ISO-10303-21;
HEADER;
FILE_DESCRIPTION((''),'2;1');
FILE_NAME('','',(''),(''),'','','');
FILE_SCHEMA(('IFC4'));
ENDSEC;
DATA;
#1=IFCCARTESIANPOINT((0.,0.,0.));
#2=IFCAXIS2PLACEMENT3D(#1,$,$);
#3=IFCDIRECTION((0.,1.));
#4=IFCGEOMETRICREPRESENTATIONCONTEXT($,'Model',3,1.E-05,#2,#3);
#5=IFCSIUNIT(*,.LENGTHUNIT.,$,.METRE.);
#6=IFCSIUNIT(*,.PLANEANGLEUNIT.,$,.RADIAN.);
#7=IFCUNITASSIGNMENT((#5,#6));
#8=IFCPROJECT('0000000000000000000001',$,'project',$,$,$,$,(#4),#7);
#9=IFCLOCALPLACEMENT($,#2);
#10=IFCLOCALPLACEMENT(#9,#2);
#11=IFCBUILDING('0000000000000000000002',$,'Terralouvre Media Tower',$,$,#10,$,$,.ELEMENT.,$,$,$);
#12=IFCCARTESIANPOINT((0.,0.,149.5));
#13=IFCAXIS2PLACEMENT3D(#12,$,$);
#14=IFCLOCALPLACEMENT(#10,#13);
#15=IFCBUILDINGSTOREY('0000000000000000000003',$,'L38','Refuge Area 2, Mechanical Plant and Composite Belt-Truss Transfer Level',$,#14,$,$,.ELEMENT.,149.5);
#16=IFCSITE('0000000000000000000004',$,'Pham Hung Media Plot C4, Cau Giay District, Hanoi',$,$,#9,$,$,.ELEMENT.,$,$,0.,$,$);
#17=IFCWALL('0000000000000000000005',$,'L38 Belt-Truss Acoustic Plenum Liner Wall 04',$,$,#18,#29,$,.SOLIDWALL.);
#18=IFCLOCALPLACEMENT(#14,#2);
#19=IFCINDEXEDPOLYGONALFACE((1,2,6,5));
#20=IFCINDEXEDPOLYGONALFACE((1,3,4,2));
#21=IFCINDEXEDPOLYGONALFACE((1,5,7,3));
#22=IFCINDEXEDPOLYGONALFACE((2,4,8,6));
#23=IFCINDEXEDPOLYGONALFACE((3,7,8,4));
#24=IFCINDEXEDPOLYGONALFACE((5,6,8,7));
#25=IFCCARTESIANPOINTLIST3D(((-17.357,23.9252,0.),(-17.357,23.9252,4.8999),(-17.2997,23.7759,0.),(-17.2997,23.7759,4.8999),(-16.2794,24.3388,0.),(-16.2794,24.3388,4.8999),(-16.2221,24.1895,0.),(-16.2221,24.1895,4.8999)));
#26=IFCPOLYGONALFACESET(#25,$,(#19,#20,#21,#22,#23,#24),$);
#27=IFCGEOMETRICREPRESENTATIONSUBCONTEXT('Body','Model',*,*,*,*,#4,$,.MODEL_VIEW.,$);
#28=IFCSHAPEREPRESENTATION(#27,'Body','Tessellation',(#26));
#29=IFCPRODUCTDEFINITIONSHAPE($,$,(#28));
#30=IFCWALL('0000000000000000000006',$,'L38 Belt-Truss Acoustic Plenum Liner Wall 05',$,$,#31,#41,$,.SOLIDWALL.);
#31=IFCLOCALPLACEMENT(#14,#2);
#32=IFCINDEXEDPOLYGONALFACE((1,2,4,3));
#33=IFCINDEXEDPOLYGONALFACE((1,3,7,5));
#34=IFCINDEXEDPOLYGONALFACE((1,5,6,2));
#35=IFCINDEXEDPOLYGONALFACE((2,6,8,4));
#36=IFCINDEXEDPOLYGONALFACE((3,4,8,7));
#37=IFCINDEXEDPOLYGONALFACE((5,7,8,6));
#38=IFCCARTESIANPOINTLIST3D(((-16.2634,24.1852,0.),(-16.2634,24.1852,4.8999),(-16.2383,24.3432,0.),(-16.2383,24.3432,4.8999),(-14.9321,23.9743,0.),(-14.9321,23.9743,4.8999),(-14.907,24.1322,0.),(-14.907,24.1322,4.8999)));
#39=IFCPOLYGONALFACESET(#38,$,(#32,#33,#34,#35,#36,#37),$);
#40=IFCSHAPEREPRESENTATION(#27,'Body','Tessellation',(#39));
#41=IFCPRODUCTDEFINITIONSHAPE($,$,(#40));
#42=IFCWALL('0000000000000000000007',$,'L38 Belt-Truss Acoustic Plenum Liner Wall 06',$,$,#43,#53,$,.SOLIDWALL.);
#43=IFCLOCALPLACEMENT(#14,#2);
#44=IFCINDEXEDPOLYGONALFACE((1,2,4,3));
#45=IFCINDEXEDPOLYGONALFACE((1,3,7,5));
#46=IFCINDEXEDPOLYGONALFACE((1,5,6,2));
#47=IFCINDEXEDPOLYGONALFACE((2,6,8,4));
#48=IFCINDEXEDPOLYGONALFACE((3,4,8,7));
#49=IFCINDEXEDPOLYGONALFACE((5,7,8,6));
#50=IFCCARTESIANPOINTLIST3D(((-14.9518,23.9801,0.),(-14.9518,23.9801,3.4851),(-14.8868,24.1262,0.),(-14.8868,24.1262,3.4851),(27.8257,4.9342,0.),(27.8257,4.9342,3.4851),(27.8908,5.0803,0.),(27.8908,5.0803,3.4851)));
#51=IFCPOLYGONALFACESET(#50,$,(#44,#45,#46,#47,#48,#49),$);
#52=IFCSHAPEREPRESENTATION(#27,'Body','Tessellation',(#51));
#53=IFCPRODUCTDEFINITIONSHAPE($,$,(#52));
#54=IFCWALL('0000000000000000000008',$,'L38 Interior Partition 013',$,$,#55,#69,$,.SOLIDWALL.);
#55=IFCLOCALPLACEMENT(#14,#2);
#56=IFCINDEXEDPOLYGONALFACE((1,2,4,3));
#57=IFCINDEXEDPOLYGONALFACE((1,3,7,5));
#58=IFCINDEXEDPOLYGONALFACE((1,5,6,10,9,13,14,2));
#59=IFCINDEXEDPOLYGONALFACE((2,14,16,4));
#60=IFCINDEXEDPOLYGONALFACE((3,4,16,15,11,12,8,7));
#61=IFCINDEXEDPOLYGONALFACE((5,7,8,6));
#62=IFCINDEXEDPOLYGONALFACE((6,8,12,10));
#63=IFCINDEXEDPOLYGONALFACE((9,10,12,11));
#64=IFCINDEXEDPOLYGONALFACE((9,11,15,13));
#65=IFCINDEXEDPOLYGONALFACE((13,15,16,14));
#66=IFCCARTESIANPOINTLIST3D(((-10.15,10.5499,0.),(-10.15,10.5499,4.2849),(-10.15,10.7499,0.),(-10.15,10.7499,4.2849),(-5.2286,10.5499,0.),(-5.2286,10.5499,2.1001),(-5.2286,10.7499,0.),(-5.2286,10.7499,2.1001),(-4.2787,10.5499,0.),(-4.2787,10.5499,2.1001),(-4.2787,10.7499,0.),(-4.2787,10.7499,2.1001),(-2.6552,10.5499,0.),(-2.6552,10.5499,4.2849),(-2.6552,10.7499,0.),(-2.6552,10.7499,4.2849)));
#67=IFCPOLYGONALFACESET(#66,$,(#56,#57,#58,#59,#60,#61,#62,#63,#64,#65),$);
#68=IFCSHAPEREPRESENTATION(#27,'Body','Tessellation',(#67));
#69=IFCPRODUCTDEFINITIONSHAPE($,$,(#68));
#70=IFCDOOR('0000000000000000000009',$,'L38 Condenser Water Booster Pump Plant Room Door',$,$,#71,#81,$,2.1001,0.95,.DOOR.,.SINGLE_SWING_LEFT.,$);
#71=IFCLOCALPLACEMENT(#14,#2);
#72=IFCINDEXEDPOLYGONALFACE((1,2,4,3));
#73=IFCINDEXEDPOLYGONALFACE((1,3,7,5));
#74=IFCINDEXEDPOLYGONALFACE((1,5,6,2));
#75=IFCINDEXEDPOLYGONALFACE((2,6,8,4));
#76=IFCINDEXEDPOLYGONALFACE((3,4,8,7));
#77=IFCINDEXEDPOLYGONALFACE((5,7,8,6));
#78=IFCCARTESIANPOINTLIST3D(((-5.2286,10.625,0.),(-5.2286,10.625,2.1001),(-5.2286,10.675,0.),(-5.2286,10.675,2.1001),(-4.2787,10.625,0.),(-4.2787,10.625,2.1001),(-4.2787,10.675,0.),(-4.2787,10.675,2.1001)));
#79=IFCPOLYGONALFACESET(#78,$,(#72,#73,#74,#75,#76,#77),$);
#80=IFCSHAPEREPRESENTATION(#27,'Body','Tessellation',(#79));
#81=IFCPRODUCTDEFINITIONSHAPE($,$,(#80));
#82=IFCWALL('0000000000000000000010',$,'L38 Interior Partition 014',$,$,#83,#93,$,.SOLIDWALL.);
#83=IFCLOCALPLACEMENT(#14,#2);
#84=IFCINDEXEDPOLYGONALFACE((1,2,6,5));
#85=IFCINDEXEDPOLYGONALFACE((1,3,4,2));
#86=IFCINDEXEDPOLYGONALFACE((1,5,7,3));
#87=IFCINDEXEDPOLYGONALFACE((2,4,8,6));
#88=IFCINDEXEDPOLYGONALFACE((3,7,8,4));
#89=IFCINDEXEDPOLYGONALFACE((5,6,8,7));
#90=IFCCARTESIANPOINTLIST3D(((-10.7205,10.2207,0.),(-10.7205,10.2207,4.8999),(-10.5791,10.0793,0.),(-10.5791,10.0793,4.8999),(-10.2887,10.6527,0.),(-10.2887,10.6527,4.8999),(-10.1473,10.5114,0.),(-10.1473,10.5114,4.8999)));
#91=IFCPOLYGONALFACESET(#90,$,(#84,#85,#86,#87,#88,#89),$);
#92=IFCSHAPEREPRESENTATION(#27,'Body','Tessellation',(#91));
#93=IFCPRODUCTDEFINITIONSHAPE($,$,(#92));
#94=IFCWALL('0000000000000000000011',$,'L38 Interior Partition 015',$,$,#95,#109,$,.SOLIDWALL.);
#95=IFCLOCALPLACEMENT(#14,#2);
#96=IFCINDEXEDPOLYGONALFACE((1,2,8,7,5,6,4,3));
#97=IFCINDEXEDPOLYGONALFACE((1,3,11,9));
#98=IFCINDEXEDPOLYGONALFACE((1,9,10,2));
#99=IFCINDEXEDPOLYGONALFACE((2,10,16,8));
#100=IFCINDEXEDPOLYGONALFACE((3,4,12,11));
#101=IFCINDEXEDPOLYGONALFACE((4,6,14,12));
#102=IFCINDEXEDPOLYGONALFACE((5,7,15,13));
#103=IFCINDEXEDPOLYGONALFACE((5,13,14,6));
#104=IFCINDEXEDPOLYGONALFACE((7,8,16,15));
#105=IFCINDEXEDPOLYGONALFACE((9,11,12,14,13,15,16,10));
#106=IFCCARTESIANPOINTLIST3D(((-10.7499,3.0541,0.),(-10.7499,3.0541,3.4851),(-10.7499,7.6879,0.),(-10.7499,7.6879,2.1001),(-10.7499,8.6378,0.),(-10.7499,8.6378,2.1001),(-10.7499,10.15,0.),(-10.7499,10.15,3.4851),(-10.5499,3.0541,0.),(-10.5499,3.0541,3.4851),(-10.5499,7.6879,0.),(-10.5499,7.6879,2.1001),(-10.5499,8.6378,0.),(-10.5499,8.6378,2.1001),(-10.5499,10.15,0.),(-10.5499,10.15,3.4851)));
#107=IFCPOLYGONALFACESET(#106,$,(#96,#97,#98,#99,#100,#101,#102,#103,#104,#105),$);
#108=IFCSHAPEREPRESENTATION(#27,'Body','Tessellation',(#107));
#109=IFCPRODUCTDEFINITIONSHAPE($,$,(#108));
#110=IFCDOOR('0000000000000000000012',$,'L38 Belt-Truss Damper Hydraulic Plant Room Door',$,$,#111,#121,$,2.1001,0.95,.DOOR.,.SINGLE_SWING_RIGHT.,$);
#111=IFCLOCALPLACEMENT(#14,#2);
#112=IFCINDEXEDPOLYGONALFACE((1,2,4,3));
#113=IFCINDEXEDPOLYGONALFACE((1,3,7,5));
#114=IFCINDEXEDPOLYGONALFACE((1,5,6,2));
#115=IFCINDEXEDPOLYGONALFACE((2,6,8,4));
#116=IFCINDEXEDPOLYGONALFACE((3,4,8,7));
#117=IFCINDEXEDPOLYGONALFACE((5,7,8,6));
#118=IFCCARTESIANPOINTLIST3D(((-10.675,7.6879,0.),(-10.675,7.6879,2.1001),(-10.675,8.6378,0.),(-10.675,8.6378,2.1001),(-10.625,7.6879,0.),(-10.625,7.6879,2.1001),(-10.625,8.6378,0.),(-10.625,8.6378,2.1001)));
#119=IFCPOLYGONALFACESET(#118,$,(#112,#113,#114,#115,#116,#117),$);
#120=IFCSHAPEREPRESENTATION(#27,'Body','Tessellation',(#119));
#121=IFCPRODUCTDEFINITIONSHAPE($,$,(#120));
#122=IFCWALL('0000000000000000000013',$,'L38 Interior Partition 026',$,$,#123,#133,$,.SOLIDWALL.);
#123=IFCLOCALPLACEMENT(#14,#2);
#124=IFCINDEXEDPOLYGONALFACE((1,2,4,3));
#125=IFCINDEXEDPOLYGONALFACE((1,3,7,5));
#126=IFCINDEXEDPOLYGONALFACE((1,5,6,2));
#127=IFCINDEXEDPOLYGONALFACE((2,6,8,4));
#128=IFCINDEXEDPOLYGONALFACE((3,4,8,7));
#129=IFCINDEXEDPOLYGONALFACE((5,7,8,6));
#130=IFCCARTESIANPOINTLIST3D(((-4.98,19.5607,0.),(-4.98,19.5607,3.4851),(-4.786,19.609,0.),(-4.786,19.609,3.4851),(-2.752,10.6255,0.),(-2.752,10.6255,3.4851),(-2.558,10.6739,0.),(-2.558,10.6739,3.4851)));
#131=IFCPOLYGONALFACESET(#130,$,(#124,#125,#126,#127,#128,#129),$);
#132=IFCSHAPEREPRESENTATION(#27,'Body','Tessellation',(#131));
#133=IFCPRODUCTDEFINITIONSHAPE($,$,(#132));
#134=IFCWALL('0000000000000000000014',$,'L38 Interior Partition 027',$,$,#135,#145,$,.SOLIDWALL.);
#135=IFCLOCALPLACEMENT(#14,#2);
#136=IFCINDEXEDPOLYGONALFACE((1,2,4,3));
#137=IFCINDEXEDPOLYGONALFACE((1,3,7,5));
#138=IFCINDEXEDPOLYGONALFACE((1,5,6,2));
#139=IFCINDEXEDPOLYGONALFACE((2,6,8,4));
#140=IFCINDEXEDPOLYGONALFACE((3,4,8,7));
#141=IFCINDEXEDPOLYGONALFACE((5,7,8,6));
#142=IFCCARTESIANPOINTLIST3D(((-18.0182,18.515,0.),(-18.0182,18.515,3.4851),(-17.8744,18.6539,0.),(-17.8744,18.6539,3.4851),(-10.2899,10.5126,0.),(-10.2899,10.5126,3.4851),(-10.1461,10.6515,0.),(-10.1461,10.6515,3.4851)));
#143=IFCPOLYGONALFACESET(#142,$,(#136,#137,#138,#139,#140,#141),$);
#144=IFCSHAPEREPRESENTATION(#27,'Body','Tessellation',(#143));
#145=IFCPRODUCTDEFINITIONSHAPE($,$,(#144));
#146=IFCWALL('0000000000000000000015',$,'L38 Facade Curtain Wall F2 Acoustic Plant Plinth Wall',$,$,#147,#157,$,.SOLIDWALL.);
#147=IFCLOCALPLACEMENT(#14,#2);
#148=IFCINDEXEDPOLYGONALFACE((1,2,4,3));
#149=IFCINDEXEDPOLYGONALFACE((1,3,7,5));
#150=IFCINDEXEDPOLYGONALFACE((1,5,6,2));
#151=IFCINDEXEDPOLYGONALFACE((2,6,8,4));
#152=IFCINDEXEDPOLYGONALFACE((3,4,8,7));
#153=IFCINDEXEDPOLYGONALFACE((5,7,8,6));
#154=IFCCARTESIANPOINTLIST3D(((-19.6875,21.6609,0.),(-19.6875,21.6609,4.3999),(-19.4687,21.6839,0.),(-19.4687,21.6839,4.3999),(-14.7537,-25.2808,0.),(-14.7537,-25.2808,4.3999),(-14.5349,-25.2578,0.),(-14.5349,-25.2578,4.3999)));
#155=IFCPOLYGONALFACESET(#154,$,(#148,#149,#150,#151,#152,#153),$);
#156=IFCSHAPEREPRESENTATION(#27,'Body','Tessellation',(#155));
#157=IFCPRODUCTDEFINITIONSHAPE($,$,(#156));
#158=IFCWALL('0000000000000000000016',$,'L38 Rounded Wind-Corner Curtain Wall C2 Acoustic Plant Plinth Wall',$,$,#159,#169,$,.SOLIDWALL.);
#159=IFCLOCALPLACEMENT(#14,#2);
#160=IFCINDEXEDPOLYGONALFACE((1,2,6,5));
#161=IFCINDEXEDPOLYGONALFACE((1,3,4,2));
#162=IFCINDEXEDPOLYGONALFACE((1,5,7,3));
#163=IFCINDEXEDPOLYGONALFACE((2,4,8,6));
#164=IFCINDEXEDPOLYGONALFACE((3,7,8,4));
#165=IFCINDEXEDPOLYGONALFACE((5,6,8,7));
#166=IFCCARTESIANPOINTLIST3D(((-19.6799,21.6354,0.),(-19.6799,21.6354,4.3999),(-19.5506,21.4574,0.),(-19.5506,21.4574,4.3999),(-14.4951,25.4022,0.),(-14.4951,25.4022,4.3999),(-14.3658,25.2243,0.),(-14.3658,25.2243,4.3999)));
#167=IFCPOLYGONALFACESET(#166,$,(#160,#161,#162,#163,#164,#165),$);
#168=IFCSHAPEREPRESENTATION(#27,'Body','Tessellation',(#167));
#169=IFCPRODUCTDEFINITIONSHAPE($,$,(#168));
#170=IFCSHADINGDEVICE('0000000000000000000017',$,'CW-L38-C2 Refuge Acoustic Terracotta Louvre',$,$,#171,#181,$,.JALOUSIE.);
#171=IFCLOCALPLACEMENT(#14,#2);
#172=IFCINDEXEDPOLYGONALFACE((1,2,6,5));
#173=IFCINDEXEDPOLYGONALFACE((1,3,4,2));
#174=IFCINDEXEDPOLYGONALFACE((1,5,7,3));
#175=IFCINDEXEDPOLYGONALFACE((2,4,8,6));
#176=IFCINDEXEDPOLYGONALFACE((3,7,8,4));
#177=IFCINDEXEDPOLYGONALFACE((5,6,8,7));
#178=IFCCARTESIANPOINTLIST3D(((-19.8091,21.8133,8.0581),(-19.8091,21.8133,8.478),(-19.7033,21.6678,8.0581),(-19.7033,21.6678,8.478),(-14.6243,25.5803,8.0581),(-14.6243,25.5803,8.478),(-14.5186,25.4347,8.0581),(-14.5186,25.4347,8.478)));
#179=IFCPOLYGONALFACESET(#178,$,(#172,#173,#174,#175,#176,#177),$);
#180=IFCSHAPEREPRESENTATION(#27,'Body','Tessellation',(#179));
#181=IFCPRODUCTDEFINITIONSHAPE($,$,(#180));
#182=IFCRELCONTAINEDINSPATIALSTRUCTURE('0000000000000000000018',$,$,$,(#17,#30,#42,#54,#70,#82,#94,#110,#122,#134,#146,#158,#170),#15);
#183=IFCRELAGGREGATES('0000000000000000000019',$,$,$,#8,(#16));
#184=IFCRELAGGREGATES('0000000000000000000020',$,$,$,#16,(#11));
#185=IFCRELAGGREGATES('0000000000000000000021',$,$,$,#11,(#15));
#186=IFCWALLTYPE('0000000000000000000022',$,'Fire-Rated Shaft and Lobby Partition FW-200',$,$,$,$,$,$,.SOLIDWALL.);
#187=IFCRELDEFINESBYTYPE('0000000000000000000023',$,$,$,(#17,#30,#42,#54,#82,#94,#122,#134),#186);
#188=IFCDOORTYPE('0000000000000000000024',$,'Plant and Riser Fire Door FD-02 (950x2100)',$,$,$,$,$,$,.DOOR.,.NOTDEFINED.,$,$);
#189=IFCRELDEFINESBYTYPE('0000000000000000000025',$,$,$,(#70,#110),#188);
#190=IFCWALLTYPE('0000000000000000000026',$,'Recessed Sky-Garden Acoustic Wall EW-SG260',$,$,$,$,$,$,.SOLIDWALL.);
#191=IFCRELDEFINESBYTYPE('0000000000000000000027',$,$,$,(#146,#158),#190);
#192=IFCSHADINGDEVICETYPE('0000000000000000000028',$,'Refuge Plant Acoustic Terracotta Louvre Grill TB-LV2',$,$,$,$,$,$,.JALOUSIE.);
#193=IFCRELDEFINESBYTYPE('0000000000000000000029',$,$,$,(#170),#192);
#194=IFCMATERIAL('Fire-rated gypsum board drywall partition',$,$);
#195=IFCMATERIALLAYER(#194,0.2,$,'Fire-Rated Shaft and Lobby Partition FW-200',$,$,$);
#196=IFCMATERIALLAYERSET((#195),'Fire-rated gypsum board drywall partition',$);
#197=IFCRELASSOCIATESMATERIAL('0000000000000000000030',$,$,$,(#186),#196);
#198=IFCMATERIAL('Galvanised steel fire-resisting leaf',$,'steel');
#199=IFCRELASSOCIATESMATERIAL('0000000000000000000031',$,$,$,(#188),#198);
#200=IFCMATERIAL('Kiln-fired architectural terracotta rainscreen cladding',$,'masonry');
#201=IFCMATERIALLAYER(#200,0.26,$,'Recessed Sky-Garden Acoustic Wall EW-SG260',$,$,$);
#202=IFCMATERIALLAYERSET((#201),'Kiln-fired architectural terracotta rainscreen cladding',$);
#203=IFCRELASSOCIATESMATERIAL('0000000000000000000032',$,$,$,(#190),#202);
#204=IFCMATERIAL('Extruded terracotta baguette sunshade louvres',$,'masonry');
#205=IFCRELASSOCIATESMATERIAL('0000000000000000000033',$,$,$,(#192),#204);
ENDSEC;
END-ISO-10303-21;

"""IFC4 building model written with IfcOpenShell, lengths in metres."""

from ifc_helpers import new_model, si_unit, direction, frame, frame_2d, origin, origin_2d, place, context, subcontext, project, spatial, rectangle, extrude, material, layer, layer_set, type_object, element, fill, save


model = new_model("IFC4")

# Units and contexts
model_context = context("Model", 3, precision=1e-05, world=origin(), true_north=direction((0.0, 1.0)))
body_context = subcontext(model_context, "Body", "Model", "MODEL_VIEW")
ifc_project = project(units=[si_unit("LENGTHUNIT", "METRE"), si_unit("PLANEANGLEUNIT", "RADIAN")], contexts=[model_context])

# Site, building, storey
site_placement = place(None, origin())
site = spatial("IfcSite", under=ifc_project, at=site_placement, Name="Pham Hung Media Plot C4, Cau Giay District, Hanoi", CompositionType="ELEMENT", RefElevation=0.0)
building_placement = place(site_placement, origin())
building = spatial("IfcBuilding", under=site, at=building_placement, Name="Terralouvre Media Tower", CompositionType="ELEMENT")
storey_placement = place(building_placement, frame((0.0, 0.0, 149.5)))
storey = spatial("IfcBuildingStorey", under=building, at=storey_placement, Name="L38", Description="Refuge Area 2, Mechanical Plant and Composite Belt-Truss Transfer Level", CompositionType="ELEMENT", Elevation=149.5)

# Walls
ifc_material_1 = material(Name="Fire-rated gypsum board drywall partition")
ifc_layer_1 = layer(ifc_material_1, 0.2, Name="Fire-Rated Shaft and Lobby Partition FW-200")
ifc_layer_set_1 = layer_set([ifc_layer_1], Name="Fire-rated gypsum board drywall partition")
wall_type_1 = type_object("IfcWallType", Name="Fire-Rated Shaft and Lobby Partition FW-200", PredefinedType="SOLIDWALL", material=ifc_layer_set_1)
wall_1_placement = place(storey_placement, frame((-17.3284, 23.8506, 0.0), z_axis=(0.0, 0.0, 1.0), x_axis=(0.933607, 0.358299, 0.0)))
element("IfcWall", 1, at=wall_1_placement, inside=storey, type_object=wall_type_1, Name="L38 Belt-Truss Acoustic Plenum Liner Wall 04", PredefinedType="SOLIDWALL", context=body_context, shape_type="SweptSolid", body=[
    extrude(rectangle(XDim=1.1543, YDim=0.1599, at=frame_2d((0.5771, 0.0))), origin(), (0.0, 0.0, 1.0), 4.8999),
])
wall_2_placement = place(storey_placement, frame((-16.2507, 24.2642, 0.0), z_axis=(0.0, 0.0, 1.0), x_axis=(0.987679, -0.156493, 0.0)))
element("IfcWall", 2, at=wall_2_placement, inside=storey, type_object=wall_type_1, Name="L38 Belt-Truss Acoustic Plenum Liner Wall 05", PredefinedType="SOLIDWALL", context=body_context, shape_type="SweptSolid", body=[
    extrude(rectangle(XDim=1.3479, YDim=0.1599, at=frame_2d((0.6738, 0.0))), origin(), (0.0, 0.0, 1.0), 4.8999),
])
wall_3_placement = place(storey_placement, frame((-14.9194, 24.0532, 0.0), z_axis=(0.0, 0.0, 1.0), x_axis=(0.913545, -0.406738, 0.0)))
element("IfcWall", 3, at=wall_3_placement, inside=storey, type_object=wall_type_1, Name="L38 Belt-Truss Acoustic Plenum Liner Wall 06", PredefinedType="SOLIDWALL", context=body_context, shape_type="SweptSolid", body=[
    extrude(rectangle(XDim=46.8259, YDim=0.1599, at=frame_2d((23.4131, 0.0))), origin(), (0.0, 0.0, 1.0), 3.4851),
])

# Wall, opening, door
wall_4_placement = place(storey_placement, frame((-2.655, 10.6499, 0.0), z_axis=(0.0, 0.0, 1.0), x_axis=(-1.0, 0.0, 0.0)))
wall_4 = element("IfcWall", 4, at=wall_4_placement, inside=storey, type_object=wall_type_1, Name="L38 Interior Partition 013", PredefinedType="SOLIDWALL", context=body_context, shape_type="SweptSolid", body=[
    extrude(rectangle(XDim=7.4949, YDim=0.2, at=frame_2d((3.7476, 0.0))), origin(), (0.0, 0.0, 1.0), 4.2849),
])
opening_1_placement = place(wall_4_placement, frame((1.6235, 0.0, 0.0)))
opening_1 = element("IfcOpeningElement", 5, at=opening_1_placement, cuts=wall_4, PredefinedType="OPENING", context=body_context, shape_type="SweptSolid", body=[
    extrude(rectangle(XDim=0.95, YDim=2.1001, at=frame_2d((0.4751, 1.05))), frame((0.0, 0.1099, 0.0), z_axis=(0.0, -1.0, 0.0), x_axis=(1.0, 0.0, 0.0)), (0.0, 0.0, 1.0), 0.22),
])
ifc_material_2 = material(Name="Galvanised steel fire-resisting leaf", Category="steel")
door_type = type_object("IfcDoorType", Name="Plant and Riser Fire Door FD-02 (950x2100)", OperationType="NOTDEFINED", PredefinedType="DOOR", material=ifc_material_2)
door_1_placement = place(opening_1_placement, origin())
door_1 = element("IfcDoor", 6, at=door_1_placement, inside=storey, type_object=door_type, Name="L38 Condenser Water Booster Pump Plant Room Door", OperationType="SINGLE_SWING_LEFT", OverallHeight=2.1001, OverallWidth=0.95, PredefinedType="DOOR", context=body_context, shape_type="SweptSolid", body=[
    extrude(rectangle(XDim=0.95, YDim=2.1001, at=frame_2d((0.4751, 1.05))), frame((0.0, 0.0249, 0.0), z_axis=(0.0, -1.0, 0.0), x_axis=(1.0, 0.0, 0.0)), (0.0, 0.0, 1.0), 0.05),
])
fill(opening_1, door_1)

# Wall
wall_5_placement = place(storey_placement, frame((-10.218, 10.582, 0.0), z_axis=(0.0, 0.0, 1.0), x_axis=(-0.706907, -0.707307, 0.0)))
element("IfcWall", 7, at=wall_5_placement, inside=storey, type_object=wall_type_1, Name="L38 Interior Partition 014", PredefinedType="SOLIDWALL", context=body_context, shape_type="SweptSolid", body=[
    extrude(rectangle(XDim=0.6108, YDim=0.2, at=frame_2d((0.3054, 0.0))), origin(), (0.0, 0.0, 1.0), 4.8999),
])

# Wall, opening, door
wall_6_placement = place(storey_placement, frame((-10.6499, 10.1499, 0.0), z_axis=(0.0, 0.0, 1.0), x_axis=(0.0, -1.0, 0.0)))
wall_6 = element("IfcWall", 8, at=wall_6_placement, inside=storey, type_object=wall_type_1, Name="L38 Interior Partition 015", PredefinedType="SOLIDWALL", context=body_context, shape_type="SweptSolid", body=[
    extrude(rectangle(XDim=7.0959, YDim=0.2, at=frame_2d((3.5479, 0.0))), origin(), (0.0, 0.0, 1.0), 3.4851),
])
opening_2_placement = place(wall_6_placement, frame((1.512, 0.0, 0.0)))
opening_2 = element("IfcOpeningElement", 9, at=opening_2_placement, cuts=wall_6, PredefinedType="OPENING", context=body_context, shape_type="SweptSolid", body=[
    extrude(rectangle(XDim=0.95, YDim=2.1001, at=frame_2d((0.4751, 1.05))), frame((0.0, 0.1099, 0.0), z_axis=(0.0, -1.0, 0.0), x_axis=(1.0, 0.0, 0.0)), (0.0, 0.0, 1.0), 0.22),
])
door_2_placement = place(opening_2_placement, origin())
door_2 = element("IfcDoor", 10, at=door_2_placement, inside=storey, type_object=door_type, Name="L38 Belt-Truss Damper Hydraulic Plant Room Door", OperationType="SINGLE_SWING_RIGHT", OverallHeight=2.1001, OverallWidth=0.95, PredefinedType="DOOR", context=body_context, shape_type="SweptSolid", body=[
    extrude(rectangle(XDim=0.95, YDim=2.1001, at=frame_2d((0.4751, 1.05))), frame((0.0, 0.0249, 0.0), z_axis=(0.0, -1.0, 0.0), x_axis=(1.0, 0.0, 0.0)), (0.0, 0.0, 1.0), 0.05),
])
fill(opening_2, door_2)

# Walls
wall_7_placement = place(storey_placement, frame((-4.8831, 19.585, 0.0), z_axis=(0.0, 0.0, 1.0), x_axis=(0.241949, -0.970289, 0.0)))
element("IfcWall", 11, at=wall_7_placement, inside=storey, type_object=wall_type_1, Name="L38 Interior Partition 026", PredefinedType="SOLIDWALL", context=body_context, shape_type="SweptSolid", body=[
    extrude(rectangle(XDim=9.2087, YDim=0.2, at=frame_2d((4.6045, 0.0))), origin(), (0.0, 0.0, 1.0), 3.4851),
])
wall_8_placement = place(storey_placement, frame((-17.9463, 18.5845, 0.0), z_axis=(0.0, 0.0, 1.0), x_axis=(0.694677, -0.719322, 0.0)))
element("IfcWall", 12, at=wall_8_placement, inside=storey, type_object=wall_type_1, Name="L38 Interior Partition 027", PredefinedType="SOLIDWALL", context=body_context, shape_type="SweptSolid", body=[
    extrude(rectangle(XDim=11.125, YDim=0.2, at=frame_2d((5.5625, 0.0))), origin(), (0.0, 0.0, 1.0), 3.4851),
])
ifc_material_3 = material(Name="Kiln-fired architectural terracotta rainscreen cladding", Category="masonry")
ifc_layer_2 = layer(ifc_material_3, 0.26, Name="Recessed Sky-Garden Acoustic Wall EW-SG260")
ifc_layer_set_2 = layer_set([ifc_layer_2], Name="Kiln-fired architectural terracotta rainscreen cladding")
wall_type_2 = type_object("IfcWallType", Name="Recessed Sky-Garden Acoustic Wall EW-SG260", PredefinedType="SOLIDWALL", material=ifc_layer_set_2)
wall_9_placement = place(storey_placement, frame((-19.5781, 21.6724, 0.0), z_axis=(0.0, 0.0, 1.0), x_axis=(0.10453, -0.994522, 0.0)))
element("IfcWall", 13, at=wall_9_placement, inside=storey, type_object=wall_type_2, Name="L38 Facade Curtain Wall F2 Acoustic Plant Plinth Wall", PredefinedType="SOLIDWALL", context=body_context, shape_type="SweptSolid", body=[
    extrude(rectangle(XDim=47.2002, YDim=0.22, at=frame_2d((23.6001, 0.0))), origin(), (0.0, 0.0, 1.0), 4.3999),
])
wall_10_placement = place(storey_placement, frame((-14.4304, 25.3132, 0.0), z_axis=(0.0, 0.0, 1.0), x_axis=(-0.809028, -0.587771, 0.0)))
element("IfcWall", 14, at=wall_10_placement, inside=storey, type_object=wall_type_2, Name="L38 Rounded Wind-Corner Curtain Wall C2 Acoustic Plant Plinth Wall", PredefinedType="SOLIDWALL", context=body_context, shape_type="SweptSolid", body=[
    extrude(rectangle(XDim=6.4087, YDim=0.22, at=frame_2d((3.2043, 0.0))), origin(), (0.0, 0.0, 1.0), 4.3999),
])

# Shading device
ifc_material_4 = material(Name="Extruded terracotta baguette sunshade louvres", Category="masonry")
shading_device_type = type_object("IfcShadingDeviceType", Name="Refuge Plant Acoustic Terracotta Louvre Grill TB-LV2", PredefinedType="JALOUSIE", material=ifc_material_4)
shading_device_placement = place(storey_placement, frame((-17.1638, 23.624, 8.0581), z_axis=(0.0, 0.0, 1.0), x_axis=(-0.809017, -0.587785, 0.0)))
element("IfcShadingDevice", 15, at=shading_device_placement, inside=storey, type_object=shading_device_type, Name="CW-L38-C2 Refuge Acoustic Terracotta Louvre", PredefinedType="JALOUSIE", context=body_context, shape_type="SweptSolid", body=[
    extrude(rectangle(XDim=6.4087, YDim=0.1799, at=origin_2d()), origin(), (0.0, 0.0, 1.0), 0.4199),
])

save(model, "model.ifc")
